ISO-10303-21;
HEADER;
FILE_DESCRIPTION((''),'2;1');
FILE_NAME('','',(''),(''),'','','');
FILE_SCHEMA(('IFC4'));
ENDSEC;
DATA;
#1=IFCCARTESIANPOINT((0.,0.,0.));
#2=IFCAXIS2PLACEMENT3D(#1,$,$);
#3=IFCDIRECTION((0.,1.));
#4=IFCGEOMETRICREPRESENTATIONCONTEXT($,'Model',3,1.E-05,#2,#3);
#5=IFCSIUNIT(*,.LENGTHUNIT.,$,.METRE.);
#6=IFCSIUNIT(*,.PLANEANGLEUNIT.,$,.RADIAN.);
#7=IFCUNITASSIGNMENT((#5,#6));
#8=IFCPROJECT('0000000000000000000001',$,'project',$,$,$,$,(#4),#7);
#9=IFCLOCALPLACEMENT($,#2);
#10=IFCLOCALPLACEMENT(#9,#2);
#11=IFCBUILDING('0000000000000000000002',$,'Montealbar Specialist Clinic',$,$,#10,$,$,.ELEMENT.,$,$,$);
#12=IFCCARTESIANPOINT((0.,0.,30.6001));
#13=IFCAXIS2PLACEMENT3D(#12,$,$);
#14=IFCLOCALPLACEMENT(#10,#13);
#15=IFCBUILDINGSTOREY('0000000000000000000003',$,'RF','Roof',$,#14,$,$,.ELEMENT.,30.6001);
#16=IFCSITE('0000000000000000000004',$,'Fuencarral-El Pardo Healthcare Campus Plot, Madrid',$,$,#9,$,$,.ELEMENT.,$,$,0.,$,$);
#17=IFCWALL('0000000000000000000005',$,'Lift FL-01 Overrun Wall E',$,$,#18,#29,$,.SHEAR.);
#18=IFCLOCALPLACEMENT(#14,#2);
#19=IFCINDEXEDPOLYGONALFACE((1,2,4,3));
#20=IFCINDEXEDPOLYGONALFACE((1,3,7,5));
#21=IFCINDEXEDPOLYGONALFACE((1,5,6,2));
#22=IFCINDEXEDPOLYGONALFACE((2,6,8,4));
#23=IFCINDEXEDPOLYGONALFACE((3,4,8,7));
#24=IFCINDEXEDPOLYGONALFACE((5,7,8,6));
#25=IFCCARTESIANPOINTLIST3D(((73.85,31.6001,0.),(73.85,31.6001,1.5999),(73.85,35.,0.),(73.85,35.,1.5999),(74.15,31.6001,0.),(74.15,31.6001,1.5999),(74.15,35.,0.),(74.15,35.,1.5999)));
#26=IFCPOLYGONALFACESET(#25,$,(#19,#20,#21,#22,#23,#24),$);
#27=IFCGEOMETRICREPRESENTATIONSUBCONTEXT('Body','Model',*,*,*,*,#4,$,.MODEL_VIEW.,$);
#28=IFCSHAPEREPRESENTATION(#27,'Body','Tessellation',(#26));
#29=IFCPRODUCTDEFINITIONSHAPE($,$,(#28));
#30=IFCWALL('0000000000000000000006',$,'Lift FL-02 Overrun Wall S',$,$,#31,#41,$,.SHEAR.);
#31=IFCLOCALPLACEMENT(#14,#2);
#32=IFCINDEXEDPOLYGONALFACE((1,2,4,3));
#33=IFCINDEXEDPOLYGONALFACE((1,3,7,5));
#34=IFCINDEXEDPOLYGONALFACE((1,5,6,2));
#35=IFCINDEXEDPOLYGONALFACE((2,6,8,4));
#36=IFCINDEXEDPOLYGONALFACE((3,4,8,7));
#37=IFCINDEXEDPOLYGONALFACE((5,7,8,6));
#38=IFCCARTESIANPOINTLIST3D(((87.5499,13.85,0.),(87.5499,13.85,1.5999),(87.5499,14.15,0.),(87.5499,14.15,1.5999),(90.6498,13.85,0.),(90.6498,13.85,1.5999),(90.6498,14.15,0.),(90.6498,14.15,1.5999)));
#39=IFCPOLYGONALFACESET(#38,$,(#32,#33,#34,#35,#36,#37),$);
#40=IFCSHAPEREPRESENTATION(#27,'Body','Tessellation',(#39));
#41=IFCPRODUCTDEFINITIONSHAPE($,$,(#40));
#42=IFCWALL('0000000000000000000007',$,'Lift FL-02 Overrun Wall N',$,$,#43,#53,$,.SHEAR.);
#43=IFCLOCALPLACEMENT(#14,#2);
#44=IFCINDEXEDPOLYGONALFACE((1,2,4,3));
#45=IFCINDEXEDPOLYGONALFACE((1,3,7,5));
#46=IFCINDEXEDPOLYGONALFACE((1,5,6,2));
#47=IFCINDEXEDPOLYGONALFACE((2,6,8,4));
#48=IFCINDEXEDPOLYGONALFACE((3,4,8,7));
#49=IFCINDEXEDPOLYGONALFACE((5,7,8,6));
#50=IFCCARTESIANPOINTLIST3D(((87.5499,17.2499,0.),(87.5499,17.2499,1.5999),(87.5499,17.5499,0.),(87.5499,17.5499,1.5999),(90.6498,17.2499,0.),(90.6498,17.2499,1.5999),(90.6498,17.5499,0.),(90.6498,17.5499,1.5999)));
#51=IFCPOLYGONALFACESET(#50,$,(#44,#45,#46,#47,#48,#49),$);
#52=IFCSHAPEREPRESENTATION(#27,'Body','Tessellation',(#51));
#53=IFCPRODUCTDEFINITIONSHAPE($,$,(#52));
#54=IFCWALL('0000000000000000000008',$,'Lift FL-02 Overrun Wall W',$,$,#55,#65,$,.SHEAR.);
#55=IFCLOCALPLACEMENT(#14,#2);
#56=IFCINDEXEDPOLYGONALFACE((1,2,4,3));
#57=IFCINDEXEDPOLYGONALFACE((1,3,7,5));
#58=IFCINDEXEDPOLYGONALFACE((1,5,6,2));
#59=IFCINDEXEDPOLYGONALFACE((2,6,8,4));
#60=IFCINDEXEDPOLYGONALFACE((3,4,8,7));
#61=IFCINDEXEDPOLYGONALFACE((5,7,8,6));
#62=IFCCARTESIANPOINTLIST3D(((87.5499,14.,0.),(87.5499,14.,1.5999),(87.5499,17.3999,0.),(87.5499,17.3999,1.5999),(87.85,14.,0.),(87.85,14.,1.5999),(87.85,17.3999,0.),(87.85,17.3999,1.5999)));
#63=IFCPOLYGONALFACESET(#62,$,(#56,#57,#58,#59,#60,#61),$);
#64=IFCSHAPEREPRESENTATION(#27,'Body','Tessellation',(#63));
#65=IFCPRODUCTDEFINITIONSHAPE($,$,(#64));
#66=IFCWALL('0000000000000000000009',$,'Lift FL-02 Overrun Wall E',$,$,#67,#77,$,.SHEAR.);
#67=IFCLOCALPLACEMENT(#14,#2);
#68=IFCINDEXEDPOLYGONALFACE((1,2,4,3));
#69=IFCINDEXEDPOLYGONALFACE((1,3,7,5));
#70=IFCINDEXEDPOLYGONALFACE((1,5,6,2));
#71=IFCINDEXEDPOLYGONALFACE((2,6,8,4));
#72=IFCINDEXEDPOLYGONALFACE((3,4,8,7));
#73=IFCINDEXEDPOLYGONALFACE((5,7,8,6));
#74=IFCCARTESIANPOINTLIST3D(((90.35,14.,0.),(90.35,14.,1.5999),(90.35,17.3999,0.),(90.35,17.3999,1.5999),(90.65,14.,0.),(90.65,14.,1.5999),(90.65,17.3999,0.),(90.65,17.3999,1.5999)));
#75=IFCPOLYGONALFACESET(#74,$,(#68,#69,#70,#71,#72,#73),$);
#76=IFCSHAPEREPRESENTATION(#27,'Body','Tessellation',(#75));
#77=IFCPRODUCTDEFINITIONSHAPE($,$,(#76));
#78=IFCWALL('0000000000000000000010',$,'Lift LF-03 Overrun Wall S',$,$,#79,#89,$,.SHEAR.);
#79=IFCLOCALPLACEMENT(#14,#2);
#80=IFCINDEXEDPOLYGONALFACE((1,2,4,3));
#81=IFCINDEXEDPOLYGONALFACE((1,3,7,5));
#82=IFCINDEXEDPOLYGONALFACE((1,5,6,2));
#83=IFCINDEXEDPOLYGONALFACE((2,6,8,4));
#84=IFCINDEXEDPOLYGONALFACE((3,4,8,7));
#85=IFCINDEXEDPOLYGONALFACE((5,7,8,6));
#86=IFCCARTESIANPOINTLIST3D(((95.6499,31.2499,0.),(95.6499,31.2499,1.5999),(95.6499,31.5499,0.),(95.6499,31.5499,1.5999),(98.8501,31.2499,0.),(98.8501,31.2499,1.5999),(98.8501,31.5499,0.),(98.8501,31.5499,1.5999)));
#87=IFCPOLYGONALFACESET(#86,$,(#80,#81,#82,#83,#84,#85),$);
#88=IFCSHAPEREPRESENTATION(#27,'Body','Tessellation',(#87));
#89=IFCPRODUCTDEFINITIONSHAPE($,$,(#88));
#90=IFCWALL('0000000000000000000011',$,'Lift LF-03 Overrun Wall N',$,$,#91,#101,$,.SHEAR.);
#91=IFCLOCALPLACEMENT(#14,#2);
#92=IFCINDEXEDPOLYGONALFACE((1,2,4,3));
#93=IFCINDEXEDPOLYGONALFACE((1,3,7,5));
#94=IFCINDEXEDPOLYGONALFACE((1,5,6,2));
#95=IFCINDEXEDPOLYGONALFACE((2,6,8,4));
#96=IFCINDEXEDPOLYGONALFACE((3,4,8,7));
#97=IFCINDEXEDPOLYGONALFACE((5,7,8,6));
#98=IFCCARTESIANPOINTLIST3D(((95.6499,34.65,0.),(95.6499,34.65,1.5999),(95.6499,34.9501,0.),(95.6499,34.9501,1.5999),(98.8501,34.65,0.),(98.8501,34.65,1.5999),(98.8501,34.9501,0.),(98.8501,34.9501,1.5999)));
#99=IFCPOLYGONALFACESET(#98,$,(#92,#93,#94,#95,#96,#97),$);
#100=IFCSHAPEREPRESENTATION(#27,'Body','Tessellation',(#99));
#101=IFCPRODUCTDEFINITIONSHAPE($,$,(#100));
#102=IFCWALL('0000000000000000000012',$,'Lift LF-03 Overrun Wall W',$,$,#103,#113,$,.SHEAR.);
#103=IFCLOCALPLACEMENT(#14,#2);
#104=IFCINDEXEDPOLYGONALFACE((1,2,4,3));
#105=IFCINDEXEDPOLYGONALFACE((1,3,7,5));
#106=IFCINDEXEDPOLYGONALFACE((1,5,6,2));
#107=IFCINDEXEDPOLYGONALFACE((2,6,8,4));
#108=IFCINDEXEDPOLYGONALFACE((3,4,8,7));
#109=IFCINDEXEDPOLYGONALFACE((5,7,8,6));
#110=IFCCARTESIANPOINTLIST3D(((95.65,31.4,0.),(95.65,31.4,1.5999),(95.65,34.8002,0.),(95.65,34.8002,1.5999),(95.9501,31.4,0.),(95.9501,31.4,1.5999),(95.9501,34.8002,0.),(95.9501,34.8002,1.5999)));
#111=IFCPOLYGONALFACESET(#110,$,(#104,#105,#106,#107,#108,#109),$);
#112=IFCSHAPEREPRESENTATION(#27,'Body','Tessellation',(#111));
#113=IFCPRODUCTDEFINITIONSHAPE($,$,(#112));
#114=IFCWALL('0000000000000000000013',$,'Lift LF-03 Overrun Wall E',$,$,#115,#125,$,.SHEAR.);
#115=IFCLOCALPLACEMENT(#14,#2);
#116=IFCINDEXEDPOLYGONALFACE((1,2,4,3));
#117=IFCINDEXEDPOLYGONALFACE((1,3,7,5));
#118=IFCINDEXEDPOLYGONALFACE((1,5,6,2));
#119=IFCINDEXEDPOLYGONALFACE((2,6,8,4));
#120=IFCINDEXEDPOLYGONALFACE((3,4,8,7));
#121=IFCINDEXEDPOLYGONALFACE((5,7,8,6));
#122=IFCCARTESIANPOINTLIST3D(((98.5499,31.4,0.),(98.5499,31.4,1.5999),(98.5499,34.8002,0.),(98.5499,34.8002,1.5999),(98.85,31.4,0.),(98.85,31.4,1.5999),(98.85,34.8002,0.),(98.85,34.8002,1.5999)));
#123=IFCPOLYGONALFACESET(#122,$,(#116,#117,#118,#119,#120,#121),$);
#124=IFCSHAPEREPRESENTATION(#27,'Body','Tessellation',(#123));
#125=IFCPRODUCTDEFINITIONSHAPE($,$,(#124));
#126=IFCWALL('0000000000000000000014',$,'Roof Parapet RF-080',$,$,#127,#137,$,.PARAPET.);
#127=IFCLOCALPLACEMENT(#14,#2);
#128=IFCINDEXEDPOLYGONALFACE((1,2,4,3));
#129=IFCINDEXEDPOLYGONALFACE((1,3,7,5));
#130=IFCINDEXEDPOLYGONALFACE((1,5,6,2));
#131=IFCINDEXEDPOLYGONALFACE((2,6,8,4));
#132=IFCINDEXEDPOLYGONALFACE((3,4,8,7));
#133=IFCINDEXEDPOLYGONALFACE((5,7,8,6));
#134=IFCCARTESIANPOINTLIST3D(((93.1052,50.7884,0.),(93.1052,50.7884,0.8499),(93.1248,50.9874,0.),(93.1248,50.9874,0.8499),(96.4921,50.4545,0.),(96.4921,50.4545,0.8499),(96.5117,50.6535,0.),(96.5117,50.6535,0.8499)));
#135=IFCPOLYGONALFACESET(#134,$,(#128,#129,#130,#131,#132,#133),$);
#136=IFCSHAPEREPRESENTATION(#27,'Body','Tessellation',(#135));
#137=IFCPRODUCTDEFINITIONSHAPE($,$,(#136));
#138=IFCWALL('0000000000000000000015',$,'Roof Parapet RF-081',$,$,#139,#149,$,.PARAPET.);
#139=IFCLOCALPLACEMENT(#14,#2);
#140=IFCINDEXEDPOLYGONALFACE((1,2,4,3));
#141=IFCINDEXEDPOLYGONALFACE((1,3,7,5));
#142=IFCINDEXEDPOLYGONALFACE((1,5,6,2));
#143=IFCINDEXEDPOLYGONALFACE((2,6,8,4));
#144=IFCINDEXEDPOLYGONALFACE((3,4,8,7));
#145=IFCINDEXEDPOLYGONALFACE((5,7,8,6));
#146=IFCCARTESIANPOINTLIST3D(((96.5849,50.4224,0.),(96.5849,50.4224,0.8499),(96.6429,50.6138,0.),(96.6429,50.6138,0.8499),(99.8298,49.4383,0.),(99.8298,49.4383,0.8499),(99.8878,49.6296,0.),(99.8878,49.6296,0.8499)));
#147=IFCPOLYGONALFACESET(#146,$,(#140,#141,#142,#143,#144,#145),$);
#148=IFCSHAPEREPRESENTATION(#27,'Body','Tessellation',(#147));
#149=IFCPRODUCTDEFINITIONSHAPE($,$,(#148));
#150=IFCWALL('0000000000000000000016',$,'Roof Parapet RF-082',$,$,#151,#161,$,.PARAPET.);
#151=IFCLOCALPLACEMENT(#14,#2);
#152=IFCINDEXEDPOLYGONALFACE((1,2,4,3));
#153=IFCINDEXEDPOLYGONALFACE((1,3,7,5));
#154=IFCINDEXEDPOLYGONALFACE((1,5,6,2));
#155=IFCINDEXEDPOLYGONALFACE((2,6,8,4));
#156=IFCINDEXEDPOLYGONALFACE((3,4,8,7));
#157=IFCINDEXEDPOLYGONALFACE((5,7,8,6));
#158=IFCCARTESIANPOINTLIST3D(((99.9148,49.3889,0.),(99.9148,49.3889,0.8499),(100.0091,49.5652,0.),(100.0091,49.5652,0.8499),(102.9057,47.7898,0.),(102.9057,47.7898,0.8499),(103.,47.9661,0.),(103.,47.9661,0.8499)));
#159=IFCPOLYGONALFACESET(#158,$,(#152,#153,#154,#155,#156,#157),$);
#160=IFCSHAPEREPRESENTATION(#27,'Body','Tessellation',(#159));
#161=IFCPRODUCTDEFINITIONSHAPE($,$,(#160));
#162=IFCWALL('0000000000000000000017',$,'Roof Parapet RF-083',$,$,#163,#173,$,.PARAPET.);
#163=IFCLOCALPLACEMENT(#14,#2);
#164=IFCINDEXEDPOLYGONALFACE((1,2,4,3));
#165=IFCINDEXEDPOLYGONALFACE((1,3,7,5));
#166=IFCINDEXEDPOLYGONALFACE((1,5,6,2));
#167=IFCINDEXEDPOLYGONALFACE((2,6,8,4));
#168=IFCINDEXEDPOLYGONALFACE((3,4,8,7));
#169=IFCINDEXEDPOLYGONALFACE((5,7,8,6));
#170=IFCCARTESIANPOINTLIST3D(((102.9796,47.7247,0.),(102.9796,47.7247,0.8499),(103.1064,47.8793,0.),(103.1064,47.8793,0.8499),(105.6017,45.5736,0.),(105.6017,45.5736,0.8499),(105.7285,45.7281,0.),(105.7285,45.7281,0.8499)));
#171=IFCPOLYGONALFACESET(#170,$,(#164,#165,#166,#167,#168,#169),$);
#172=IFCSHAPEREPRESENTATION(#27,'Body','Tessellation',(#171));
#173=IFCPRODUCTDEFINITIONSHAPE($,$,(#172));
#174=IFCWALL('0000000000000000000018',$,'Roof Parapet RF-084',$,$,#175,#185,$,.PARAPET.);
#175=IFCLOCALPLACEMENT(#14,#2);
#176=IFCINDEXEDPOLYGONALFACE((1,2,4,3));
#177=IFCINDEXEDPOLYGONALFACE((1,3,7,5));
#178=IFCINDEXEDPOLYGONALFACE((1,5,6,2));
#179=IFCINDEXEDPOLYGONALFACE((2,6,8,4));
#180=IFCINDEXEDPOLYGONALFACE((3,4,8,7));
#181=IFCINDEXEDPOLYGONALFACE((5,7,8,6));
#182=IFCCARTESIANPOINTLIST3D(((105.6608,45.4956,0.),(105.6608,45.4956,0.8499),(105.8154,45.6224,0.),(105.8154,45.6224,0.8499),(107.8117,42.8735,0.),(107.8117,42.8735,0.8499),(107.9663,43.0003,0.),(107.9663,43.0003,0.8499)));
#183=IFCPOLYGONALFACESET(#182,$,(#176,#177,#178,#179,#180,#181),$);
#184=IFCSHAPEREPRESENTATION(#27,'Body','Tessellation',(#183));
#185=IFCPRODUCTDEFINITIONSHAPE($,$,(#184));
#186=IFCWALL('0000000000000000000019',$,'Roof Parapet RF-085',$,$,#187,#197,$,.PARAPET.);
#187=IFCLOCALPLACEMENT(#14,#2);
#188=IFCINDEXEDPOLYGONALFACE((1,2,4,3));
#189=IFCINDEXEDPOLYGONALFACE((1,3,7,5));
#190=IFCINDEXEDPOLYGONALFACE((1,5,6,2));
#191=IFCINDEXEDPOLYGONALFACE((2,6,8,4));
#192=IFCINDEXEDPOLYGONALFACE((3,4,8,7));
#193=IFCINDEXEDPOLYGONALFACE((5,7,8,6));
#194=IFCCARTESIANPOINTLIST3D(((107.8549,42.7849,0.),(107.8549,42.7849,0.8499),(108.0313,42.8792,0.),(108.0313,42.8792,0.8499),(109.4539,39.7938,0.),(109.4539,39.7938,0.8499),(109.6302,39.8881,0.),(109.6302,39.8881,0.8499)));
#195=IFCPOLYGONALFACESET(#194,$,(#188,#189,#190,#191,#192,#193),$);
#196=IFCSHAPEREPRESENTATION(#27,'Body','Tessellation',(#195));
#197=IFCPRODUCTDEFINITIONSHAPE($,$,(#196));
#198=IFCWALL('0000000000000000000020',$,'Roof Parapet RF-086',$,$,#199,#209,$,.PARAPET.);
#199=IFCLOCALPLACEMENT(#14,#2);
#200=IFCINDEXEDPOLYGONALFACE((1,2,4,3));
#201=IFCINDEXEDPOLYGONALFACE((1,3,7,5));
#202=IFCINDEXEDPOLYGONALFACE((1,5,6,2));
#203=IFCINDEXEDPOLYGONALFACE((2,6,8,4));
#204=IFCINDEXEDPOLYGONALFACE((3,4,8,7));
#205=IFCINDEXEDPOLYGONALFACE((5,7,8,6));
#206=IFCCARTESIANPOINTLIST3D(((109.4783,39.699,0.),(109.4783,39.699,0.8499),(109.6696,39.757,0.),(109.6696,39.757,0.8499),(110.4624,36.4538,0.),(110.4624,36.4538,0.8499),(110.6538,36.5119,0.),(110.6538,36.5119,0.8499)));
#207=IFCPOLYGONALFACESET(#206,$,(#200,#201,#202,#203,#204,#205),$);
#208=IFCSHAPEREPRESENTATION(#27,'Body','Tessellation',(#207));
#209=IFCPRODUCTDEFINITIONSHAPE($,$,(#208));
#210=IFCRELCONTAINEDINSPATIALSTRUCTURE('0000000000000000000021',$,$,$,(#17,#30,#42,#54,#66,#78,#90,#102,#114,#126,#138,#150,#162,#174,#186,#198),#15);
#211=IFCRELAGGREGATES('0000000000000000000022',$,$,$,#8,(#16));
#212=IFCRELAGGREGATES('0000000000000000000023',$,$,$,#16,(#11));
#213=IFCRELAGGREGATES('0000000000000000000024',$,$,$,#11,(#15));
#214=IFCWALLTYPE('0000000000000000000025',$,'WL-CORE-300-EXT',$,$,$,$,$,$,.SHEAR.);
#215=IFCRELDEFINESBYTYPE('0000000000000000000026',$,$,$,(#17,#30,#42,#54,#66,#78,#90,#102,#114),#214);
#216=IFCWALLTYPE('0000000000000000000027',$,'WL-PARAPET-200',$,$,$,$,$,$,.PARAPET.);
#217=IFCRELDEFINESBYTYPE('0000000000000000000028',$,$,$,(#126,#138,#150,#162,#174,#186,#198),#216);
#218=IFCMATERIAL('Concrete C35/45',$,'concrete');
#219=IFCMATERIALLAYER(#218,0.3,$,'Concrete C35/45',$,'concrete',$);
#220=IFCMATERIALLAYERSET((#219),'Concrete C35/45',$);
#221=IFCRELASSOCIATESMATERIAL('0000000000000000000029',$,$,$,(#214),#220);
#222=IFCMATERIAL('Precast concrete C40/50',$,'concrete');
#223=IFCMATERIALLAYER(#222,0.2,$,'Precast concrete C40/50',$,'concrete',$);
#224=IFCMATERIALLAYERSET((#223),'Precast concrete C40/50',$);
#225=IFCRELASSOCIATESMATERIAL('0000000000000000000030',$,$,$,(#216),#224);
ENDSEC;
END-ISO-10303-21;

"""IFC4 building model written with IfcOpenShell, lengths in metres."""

from ifc_helpers import new_model, si_unit, direction, frame, frame_2d, origin, place, context, subcontext, project, spatial, rectangle, extrude, material, layer, layer_set, type_object, element, save


model = new_model("IFC4")

# Units and contexts
model_context = context("Model", 3, precision=1e-05, world=origin(), true_north=direction((0.0, 1.0)))
body_context = subcontext(model_context, "Body", "Model", "MODEL_VIEW")
ifc_project = project(units=[si_unit("LENGTHUNIT", "METRE"), si_unit("PLANEANGLEUNIT", "RADIAN")], contexts=[model_context])

# Site, building, storey
site_placement = place(None, origin())
site = spatial("IfcSite", under=ifc_project, at=site_placement, Name="Fuencarral-El Pardo Healthcare Campus Plot, Madrid", CompositionType="ELEMENT", RefElevation=0.0)
building_placement = place(site_placement, origin())
building = spatial("IfcBuilding", under=site, at=building_placement, Name="Montealbar Specialist Clinic", CompositionType="ELEMENT")
storey_placement = place(building_placement, frame((0.0, 0.0, 30.6001)))
storey = spatial("IfcBuildingStorey", under=building, at=storey_placement, Name="RF", Description="Roof", CompositionType="ELEMENT", Elevation=30.6001)

# Walls
ifc_material_1 = material(Name="Concrete C35/45", Category="concrete")
ifc_layer_1 = layer(ifc_material_1, 0.3, Name="Concrete C35/45", Category="concrete")
ifc_layer_set_1 = layer_set([ifc_layer_1], Name="Concrete C35/45")
wall_type_1 = type_object("IfcWallType", Name="WL-CORE-300-EXT", PredefinedType="SHEAR", material=ifc_layer_set_1)
wall_1_placement = place(storey_placement, frame((74.0, 31.6001, 0.0), z_axis=(0.0, 0.0, 1.0), x_axis=(0.0, 1.0, 0.0)))
element("IfcWall", 1, at=wall_1_placement, inside=storey, type_object=wall_type_1, Name="Lift FL-01 Overrun Wall E", PredefinedType="SHEAR", context=body_context, shape_type="SweptSolid", body=[
    extrude(rectangle(XDim=3.3999, YDim=0.3, at=frame_2d((1.7, 0.0))), origin(), (0.0, 0.0, 1.0), 1.5999),
])
for number, where, z_axis, x_axis, name in (
    (2, (87.55, 14.0, 0.0), (0.0, 0.0, 1.0), (1.0, 0.0, 0.0), "Lift FL-02 Overrun Wall S"),
    (3, (87.55, 17.3999, 0.0), (0.0, 0.0, 1.0), (1.0, 0.0, 0.0), "Lift FL-02 Overrun Wall N"),
):
    element("IfcWall", number, at=place(storey_placement, frame(where, z_axis=z_axis, x_axis=x_axis)), inside=storey, type_object=wall_type_1, Name=name, PredefinedType="SHEAR", context=body_context, shape_type="SweptSolid", body=[
        extrude(rectangle(XDim=3.0999, YDim=0.3, at=frame_2d((1.5498, 0.0))), origin(), (0.0, 0.0, 1.0), 1.5999),
    ])
for number, where, z_axis, x_axis, name in (
    (4, (87.7, 14.0, 0.0), (0.0, 0.0, 1.0), (0.0, 1.0, 0.0), "Lift FL-02 Overrun Wall W"),
    (5, (90.5, 14.0, 0.0), (0.0, 0.0, 1.0), (0.0, 1.0, 0.0), "Lift FL-02 Overrun Wall E"),
):
    element("IfcWall", number, at=place(storey_placement, frame(where, z_axis=z_axis, x_axis=x_axis)), inside=storey, type_object=wall_type_1, Name=name, PredefinedType="SHEAR", context=body_context, shape_type="SweptSolid", body=[
        extrude(rectangle(XDim=3.3999, YDim=0.3, at=frame_2d((1.7, 0.0))), origin(), (0.0, 0.0, 1.0), 1.5999),
    ])
for number, where, z_axis, x_axis, name in (
    (6, (95.6499, 31.3999, 0.0), (0.0, 0.0, 1.0), (1.0, 0.0, 0.0), "Lift LF-03 Overrun Wall S"),
    (7, (95.6499, 34.8, 0.0), (0.0, 0.0, 1.0), (1.0, 0.0, 0.0), "Lift LF-03 Overrun Wall N"),
):
    element("IfcWall", number, at=place(storey_placement, frame(where, z_axis=z_axis, x_axis=x_axis)), inside=storey, type_object=wall_type_1, Name=name, PredefinedType="SHEAR", context=body_context, shape_type="SweptSolid", body=[
        extrude(rectangle(XDim=3.2002, YDim=0.3, at=frame_2d((1.6001, 0.0))), origin(), (0.0, 0.0, 1.0), 1.5999),
    ])
for number, where, z_axis, x_axis, name in (
    (8, (95.8, 31.3999, 0.0), (0.0, 0.0, 1.0), (0.0, 1.0, 0.0), "Lift LF-03 Overrun Wall W"),
    (9, (98.7, 31.3999, 0.0), (0.0, 0.0, 1.0), (0.0, 1.0, 0.0), "Lift LF-03 Overrun Wall E"),
):
    element("IfcWall", number, at=place(storey_placement, frame(where, z_axis=z_axis, x_axis=x_axis)), inside=storey, type_object=wall_type_1, Name=name, PredefinedType="SHEAR", context=body_context, shape_type="SweptSolid", body=[
        extrude(rectangle(XDim=3.4001, YDim=0.3, at=frame_2d((1.7002, 0.0))), origin(), (0.0, 0.0, 1.0), 1.5999),
    ])
ifc_material_2 = material(Name="Precast concrete C40/50", Category="concrete")
ifc_layer_2 = layer(ifc_material_2, 0.2, Name="Precast concrete C40/50", Category="concrete")
ifc_layer_set_2 = layer_set([ifc_layer_2], Name="Precast concrete C40/50")
wall_type_2 = type_object("IfcWallType", Name="WL-PARAPET-200", PredefinedType="PARAPET", material=ifc_layer_set_2)
wall_2_placement = place(storey_placement, frame((93.115, 50.8879, 0.0), z_axis=(0.0, 0.0, 1.0), x_axis=(0.995173, -0.098133, 0.0)))
element("IfcWall", 10, at=wall_2_placement, inside=storey, type_object=wall_type_2, Name="Roof Parapet RF-080", PredefinedType="PARAPET", context=body_context, shape_type="SweptSolid", body=[
    extrude(rectangle(XDim=3.4033, YDim=0.2, at=frame_2d((1.7017, 0.0))), origin(), (0.0, 0.0, 1.0), 0.8499),
])
wall_3_placement = place(storey_placement, frame((96.614, 50.5181, 0.0), z_axis=(0.0, 0.0, 1.0), x_axis=(0.956956, -0.290233, 0.0)))
element("IfcWall", 11, at=wall_3_placement, inside=storey, type_object=wall_type_2, Name="Roof Parapet RF-081", PredefinedType="PARAPET", context=body_context, shape_type="SweptSolid", body=[
    extrude(rectangle(XDim=3.3909, YDim=0.2, at=frame_2d((1.6953, 0.0))), origin(), (0.0, 0.0, 1.0), 0.8499),
])
for number, where, z_axis, x_axis, name in (
    (12, (99.9619, 49.4771, 0.0), (0.0, 0.0, 1.0), (0.88187, -0.471492, 0.0), "Roof Parapet RF-082"),
    (13, (103.043, 47.802, 0.0), (0.0, 0.0, 1.0), (0.77312, -0.63426, 0.0), "Roof Parapet RF-083"),
):
    element("IfcWall", number, at=place(storey_placement, frame(where, z_axis=z_axis, x_axis=x_axis)), inside=storey, type_object=wall_type_2, Name=name, PredefinedType="PARAPET", context=body_context, shape_type="SweptSolid", body=[
        extrude(rectangle(XDim=3.3916, YDim=0.2, at=frame_2d((1.6958, 0.0))), origin(), (0.0, 0.0, 1.0), 0.8499),
    ])
wall_4_placement = place(storey_placement, frame((105.738, 45.5591, 0.0), z_axis=(0.0, 0.0, 1.0), x_axis=(0.634217, -0.773155, 0.0)))
element("IfcWall", 14, at=wall_4_placement, inside=storey, type_object=wall_type_2, Name="Roof Parapet RF-084", PredefinedType="PARAPET", context=body_context, shape_type="SweptSolid", body=[
    extrude(rectangle(XDim=3.3914, YDim=0.2, at=frame_2d((1.6958, 0.0))), origin(), (0.0, 0.0, 1.0), 0.8499),
])
wall_5_placement = place(storey_placement, frame((107.9431, 42.832, 0.0), z_axis=(0.0, 0.0, 1.0), x_axis=(0.471436, -0.8819, 0.0)))
element("IfcWall", 15, at=wall_5_placement, inside=storey, type_object=wall_type_2, Name="Roof Parapet RF-085", PredefinedType="PARAPET", context=body_context, shape_type="SweptSolid", body=[
    extrude(rectangle(XDim=3.3916, YDim=0.2, at=frame_2d((1.6958, 0.0))), origin(), (0.0, 0.0, 1.0), 0.8499),
])
wall_6_placement = place(storey_placement, frame((109.574, 39.728, 0.0), z_axis=(0.0, 0.0, 1.0), x_axis=(0.290213, -0.956962, 0.0)))
element("IfcWall", 16, at=wall_6_placement, inside=storey, type_object=wall_type_2, Name="Roof Parapet RF-086", PredefinedType="PARAPET", context=body_context, shape_type="SweptSolid", body=[
    extrude(rectangle(XDim=3.3911, YDim=0.2, at=frame_2d((1.6956, 0.0))), origin(), (0.0, 0.0, 1.0), 0.8499),
])

save(model, "model.ifc")
